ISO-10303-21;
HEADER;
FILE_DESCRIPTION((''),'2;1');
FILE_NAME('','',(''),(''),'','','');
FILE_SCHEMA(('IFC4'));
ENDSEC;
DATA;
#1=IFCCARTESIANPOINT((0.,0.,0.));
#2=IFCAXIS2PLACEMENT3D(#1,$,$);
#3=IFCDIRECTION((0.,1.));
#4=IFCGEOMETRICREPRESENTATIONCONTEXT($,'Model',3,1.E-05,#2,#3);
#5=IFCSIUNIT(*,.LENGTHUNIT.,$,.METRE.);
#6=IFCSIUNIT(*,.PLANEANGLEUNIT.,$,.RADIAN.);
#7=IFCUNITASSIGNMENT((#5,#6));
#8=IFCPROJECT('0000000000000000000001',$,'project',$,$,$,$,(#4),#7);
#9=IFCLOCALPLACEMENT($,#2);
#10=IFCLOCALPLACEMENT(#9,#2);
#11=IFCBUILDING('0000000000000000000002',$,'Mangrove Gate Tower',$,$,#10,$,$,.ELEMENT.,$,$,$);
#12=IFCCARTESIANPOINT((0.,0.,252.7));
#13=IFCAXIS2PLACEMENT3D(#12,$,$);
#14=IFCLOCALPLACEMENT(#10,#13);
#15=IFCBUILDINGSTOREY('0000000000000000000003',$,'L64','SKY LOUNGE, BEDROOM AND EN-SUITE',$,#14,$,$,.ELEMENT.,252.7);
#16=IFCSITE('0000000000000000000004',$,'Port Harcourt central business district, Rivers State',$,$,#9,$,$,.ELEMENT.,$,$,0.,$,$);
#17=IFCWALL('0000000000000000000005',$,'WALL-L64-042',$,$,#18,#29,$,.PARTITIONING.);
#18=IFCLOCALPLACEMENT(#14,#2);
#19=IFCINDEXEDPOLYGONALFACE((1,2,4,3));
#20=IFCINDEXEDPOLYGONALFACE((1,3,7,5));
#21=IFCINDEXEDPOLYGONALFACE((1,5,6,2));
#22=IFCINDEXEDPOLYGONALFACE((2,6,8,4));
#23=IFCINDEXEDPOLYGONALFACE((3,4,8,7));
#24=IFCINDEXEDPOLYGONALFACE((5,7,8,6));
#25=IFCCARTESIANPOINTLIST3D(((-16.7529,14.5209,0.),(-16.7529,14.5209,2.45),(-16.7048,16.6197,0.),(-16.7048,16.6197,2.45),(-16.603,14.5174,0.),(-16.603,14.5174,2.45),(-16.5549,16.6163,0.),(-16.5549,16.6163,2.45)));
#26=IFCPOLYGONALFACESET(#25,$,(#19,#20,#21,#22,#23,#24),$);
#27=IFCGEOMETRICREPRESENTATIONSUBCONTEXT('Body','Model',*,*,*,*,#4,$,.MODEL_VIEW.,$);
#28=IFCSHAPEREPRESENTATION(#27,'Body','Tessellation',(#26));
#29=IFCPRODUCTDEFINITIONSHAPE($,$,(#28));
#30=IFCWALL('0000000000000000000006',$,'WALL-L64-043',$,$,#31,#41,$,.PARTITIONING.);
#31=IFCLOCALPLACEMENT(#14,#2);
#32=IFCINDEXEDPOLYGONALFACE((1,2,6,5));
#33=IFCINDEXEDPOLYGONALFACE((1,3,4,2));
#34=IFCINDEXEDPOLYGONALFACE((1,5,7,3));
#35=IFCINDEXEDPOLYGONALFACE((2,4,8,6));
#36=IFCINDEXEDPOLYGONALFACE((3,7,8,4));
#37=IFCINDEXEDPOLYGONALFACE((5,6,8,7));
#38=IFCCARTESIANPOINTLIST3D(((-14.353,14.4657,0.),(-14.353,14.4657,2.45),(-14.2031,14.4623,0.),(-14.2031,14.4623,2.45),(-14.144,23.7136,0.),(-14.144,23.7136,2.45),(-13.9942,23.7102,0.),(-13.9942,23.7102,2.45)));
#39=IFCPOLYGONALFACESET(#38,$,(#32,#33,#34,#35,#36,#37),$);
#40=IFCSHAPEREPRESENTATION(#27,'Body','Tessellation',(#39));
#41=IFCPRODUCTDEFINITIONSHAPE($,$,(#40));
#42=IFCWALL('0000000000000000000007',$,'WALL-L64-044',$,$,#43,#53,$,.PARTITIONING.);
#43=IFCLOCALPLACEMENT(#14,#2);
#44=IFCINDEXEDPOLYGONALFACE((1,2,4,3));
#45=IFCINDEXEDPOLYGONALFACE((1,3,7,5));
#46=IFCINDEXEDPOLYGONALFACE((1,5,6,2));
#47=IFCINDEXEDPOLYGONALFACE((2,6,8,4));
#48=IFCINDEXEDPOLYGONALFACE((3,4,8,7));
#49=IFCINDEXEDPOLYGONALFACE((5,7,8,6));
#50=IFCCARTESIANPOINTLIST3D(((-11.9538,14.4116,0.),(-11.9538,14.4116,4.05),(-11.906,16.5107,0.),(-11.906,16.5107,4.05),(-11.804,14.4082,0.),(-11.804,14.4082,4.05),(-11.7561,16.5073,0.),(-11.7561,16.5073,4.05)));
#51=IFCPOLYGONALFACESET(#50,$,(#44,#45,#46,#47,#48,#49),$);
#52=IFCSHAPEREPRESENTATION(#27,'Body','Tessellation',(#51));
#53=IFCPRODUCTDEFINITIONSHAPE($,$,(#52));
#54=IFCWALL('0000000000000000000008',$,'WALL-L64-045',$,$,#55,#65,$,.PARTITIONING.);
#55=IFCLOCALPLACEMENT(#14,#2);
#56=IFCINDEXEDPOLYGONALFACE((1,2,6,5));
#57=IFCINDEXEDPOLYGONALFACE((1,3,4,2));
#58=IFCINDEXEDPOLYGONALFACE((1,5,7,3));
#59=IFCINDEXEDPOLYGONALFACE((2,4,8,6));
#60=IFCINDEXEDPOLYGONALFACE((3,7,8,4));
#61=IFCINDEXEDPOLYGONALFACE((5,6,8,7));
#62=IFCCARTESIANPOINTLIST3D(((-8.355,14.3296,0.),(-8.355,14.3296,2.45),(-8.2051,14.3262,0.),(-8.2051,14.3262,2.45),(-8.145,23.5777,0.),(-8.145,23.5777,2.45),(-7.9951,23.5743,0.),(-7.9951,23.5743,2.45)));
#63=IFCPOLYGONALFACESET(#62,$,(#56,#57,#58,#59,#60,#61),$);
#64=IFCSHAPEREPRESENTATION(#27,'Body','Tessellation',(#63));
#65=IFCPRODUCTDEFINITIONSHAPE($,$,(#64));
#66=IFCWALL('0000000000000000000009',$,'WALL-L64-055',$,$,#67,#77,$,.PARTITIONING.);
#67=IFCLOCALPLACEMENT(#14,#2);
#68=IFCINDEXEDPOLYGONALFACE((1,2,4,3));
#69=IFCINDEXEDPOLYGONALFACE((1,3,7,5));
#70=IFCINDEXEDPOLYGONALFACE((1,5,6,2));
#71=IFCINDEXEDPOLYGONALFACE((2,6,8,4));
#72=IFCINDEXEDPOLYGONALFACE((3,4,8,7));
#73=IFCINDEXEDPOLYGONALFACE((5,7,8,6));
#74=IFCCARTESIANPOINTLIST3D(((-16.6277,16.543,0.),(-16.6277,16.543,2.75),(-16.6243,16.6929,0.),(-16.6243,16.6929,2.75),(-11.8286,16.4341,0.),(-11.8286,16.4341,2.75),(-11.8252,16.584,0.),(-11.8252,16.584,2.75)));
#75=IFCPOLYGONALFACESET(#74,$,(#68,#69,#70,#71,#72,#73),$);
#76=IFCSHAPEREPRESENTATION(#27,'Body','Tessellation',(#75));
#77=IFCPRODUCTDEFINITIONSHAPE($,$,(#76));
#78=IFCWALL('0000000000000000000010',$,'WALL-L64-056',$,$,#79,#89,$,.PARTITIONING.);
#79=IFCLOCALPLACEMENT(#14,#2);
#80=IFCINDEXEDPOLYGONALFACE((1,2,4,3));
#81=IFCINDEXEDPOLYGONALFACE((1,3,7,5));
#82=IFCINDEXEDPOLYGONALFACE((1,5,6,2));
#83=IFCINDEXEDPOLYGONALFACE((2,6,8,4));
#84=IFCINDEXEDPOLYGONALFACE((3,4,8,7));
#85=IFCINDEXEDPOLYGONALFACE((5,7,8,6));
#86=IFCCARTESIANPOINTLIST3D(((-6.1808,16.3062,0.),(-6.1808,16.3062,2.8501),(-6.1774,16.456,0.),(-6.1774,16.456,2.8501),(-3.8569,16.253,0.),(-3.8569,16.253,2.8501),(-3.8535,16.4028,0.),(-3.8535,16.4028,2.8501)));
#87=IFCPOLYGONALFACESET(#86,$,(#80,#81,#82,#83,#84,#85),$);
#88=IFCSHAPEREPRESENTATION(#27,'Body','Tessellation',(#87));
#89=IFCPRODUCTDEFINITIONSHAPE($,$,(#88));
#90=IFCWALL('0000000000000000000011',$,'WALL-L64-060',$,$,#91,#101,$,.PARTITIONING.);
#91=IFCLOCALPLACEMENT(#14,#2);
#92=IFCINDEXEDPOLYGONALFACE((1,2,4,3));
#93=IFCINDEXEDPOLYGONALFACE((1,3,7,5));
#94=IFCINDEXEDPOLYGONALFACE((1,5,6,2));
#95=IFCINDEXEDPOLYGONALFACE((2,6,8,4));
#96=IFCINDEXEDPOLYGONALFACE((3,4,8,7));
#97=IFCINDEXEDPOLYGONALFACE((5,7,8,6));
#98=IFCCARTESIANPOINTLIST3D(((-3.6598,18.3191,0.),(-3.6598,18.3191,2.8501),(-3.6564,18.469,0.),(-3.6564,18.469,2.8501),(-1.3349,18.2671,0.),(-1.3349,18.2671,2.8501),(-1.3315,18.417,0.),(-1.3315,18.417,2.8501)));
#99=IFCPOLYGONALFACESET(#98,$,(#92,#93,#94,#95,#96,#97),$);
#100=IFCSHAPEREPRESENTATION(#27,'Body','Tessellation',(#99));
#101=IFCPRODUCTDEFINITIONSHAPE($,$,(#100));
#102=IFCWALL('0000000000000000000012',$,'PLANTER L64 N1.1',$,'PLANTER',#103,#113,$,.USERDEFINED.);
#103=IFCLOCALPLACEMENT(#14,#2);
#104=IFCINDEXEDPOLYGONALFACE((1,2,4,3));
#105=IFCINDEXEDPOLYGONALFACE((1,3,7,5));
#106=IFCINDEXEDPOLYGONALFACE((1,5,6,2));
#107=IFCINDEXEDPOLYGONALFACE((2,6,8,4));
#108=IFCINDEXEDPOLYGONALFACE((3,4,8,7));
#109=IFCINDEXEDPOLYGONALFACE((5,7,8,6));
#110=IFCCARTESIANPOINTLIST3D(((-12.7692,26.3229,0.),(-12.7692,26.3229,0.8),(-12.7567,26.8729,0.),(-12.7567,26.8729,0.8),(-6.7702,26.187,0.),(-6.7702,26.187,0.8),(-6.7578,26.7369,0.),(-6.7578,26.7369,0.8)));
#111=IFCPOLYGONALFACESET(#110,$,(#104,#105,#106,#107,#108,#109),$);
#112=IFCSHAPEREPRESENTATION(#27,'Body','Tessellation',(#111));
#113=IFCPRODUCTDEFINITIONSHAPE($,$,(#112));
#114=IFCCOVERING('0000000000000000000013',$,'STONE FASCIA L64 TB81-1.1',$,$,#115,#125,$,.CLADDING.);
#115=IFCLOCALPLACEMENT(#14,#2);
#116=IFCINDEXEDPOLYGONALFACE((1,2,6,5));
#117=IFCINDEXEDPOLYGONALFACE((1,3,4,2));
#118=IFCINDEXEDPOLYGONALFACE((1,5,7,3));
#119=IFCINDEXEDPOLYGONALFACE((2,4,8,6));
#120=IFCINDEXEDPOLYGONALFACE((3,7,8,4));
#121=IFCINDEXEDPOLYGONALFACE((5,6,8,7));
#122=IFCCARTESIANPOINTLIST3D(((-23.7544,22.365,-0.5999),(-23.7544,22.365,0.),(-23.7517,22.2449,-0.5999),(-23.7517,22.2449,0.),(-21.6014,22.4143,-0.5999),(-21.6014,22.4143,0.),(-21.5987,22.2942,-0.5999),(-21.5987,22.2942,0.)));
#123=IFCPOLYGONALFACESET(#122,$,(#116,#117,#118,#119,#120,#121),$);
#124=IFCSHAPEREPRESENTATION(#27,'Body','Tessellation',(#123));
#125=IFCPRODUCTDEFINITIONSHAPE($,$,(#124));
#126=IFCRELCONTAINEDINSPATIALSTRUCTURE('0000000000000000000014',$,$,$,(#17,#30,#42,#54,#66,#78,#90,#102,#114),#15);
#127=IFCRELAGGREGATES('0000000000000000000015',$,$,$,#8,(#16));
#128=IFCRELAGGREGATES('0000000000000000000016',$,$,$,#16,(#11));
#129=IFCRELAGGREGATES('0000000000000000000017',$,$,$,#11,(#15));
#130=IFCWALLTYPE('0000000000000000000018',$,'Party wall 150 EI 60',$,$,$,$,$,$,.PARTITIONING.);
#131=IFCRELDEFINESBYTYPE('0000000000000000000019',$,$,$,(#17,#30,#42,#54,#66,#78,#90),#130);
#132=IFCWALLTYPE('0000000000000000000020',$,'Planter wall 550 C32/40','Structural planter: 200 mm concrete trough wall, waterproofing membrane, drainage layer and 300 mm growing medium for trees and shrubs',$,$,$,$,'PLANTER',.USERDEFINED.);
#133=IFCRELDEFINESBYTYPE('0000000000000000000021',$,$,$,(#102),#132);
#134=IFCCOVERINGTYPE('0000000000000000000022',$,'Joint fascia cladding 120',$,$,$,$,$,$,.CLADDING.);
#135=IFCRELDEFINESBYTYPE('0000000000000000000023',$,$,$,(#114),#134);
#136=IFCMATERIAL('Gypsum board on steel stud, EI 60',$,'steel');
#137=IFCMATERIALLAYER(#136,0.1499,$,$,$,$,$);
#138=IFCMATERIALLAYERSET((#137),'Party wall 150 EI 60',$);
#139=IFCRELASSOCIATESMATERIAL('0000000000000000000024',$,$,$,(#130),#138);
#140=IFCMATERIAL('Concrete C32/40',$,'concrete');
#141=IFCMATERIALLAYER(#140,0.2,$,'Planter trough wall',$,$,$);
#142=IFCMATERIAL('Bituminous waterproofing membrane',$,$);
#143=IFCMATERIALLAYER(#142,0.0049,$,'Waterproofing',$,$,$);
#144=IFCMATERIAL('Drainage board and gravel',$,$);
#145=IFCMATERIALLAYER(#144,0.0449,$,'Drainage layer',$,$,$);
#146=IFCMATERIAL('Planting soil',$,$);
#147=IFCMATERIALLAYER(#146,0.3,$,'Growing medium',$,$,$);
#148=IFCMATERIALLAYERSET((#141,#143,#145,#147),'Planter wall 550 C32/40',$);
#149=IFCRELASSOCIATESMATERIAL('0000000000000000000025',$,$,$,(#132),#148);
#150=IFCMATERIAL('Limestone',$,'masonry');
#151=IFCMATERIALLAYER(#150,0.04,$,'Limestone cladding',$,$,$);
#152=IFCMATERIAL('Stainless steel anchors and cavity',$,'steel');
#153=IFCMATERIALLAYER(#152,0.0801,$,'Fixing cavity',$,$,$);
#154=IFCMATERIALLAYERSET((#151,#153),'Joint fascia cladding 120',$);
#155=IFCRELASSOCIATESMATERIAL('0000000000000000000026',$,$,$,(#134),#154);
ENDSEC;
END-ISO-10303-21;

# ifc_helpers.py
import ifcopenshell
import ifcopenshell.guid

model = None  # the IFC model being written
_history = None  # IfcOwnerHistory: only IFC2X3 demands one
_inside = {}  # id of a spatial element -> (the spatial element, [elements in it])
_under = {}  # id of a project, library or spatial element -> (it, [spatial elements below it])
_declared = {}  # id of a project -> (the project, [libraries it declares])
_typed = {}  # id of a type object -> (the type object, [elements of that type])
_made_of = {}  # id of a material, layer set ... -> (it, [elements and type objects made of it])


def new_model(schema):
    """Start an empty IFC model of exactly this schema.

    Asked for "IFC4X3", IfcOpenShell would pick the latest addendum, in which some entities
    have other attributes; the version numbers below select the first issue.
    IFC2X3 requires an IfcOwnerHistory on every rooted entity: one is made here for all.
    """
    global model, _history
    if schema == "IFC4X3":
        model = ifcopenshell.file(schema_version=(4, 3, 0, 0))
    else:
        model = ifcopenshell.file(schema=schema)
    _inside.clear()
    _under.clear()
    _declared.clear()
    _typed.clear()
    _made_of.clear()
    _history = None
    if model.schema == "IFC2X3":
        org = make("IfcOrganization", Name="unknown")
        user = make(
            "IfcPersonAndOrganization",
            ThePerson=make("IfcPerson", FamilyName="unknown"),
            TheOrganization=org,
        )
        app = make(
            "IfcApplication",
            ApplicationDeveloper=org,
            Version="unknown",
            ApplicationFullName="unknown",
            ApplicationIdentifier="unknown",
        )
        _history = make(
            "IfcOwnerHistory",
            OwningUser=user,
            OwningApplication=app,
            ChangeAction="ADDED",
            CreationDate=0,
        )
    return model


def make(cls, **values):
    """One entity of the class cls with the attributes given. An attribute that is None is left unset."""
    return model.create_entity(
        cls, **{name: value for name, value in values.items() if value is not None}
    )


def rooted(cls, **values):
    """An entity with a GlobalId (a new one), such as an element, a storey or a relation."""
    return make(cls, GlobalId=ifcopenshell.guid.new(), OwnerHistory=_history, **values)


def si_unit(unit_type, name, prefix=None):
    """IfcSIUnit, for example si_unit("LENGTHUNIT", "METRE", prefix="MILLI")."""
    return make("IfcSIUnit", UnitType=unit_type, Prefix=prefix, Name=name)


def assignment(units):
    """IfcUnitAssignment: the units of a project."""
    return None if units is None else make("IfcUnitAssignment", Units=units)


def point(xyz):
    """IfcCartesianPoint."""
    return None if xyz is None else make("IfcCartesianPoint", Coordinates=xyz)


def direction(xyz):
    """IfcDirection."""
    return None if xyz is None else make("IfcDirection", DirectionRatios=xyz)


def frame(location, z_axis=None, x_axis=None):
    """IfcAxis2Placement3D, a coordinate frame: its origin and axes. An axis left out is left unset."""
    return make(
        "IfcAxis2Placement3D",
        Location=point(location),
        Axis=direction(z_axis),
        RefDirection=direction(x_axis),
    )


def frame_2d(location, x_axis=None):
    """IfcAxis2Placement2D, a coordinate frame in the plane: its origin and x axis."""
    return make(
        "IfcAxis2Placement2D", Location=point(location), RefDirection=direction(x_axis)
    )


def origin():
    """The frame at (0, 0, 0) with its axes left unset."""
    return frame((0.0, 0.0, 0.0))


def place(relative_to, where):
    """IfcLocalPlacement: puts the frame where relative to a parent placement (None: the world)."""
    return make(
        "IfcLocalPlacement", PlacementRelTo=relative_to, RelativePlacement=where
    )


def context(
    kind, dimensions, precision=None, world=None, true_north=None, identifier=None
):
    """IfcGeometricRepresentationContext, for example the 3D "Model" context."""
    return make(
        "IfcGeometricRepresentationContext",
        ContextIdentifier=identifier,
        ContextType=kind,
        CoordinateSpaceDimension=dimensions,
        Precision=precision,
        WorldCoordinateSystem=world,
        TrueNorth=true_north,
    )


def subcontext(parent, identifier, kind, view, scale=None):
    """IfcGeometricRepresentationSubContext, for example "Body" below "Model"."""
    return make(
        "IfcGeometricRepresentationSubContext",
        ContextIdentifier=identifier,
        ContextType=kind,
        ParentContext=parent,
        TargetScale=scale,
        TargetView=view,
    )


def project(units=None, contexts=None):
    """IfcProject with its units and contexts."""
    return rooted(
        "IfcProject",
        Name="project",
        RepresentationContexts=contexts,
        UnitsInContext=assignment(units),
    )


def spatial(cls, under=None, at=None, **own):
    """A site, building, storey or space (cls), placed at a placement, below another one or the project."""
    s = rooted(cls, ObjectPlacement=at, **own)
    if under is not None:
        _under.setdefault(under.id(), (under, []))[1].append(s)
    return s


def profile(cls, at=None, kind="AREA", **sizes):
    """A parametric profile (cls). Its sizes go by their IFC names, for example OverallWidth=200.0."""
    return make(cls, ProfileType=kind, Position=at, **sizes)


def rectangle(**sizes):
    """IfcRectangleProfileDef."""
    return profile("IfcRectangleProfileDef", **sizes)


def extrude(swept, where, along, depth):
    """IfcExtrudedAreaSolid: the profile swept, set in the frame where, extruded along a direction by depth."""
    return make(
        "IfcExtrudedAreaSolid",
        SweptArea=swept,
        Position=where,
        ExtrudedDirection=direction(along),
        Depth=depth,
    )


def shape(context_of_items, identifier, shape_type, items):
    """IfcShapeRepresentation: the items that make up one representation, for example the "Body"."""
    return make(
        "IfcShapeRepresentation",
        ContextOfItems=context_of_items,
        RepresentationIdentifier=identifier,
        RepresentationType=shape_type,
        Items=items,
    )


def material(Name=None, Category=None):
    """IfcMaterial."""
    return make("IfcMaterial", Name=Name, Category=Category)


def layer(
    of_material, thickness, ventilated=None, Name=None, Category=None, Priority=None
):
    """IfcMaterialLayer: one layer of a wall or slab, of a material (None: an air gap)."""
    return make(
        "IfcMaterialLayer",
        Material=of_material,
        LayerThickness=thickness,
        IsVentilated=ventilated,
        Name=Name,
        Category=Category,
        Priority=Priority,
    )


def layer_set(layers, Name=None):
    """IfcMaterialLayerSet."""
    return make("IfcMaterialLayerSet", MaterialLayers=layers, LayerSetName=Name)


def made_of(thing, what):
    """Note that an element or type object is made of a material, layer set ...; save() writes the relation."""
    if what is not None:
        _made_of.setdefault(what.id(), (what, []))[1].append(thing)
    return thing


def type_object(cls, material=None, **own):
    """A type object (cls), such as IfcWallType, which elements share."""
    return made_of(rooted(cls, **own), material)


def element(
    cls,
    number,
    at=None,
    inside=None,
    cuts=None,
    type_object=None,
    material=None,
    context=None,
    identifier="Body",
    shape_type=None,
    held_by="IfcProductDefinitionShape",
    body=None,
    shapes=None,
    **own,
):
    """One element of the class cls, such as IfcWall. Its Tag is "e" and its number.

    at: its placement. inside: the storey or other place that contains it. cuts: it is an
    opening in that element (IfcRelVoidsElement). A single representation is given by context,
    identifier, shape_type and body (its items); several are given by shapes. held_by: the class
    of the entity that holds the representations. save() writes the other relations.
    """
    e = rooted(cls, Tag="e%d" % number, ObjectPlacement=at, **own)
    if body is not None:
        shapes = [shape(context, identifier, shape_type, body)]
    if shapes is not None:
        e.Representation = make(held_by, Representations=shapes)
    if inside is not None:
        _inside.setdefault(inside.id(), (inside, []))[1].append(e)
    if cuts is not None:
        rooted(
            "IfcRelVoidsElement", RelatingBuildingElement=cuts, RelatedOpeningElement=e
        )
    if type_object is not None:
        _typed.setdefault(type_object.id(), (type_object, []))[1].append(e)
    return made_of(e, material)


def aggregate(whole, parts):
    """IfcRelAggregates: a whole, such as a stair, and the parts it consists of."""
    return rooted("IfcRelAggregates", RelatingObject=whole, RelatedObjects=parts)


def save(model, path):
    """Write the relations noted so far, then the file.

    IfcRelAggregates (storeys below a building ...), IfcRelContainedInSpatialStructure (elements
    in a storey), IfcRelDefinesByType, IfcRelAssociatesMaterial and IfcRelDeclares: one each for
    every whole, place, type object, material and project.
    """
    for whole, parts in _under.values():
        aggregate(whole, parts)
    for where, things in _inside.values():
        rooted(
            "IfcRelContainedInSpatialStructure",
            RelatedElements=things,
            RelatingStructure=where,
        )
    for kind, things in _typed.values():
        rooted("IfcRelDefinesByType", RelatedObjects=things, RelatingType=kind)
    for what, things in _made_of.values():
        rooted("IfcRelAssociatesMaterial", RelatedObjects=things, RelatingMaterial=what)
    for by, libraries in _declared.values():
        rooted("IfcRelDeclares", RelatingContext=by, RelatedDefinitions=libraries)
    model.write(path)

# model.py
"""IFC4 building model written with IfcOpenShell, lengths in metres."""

from ifc_helpers import new_model, si_unit, direction, frame, frame_2d, origin, place, context, subcontext, project, spatial, rectangle, extrude, material, layer, layer_set, type_object, element, save


model = new_model("IFC4")

# Units and contexts
model_context = context("Model", 3, precision=1e-05, world=origin(), true_north=direction((0.0, 1.0)))
body_context = subcontext(model_context, "Body", "Model", "MODEL_VIEW")
ifc_project = project(units=[si_unit("LENGTHUNIT", "METRE"), si_unit("PLANEANGLEUNIT", "RADIAN")], contexts=[model_context])

# Site, building, storey
site_placement = place(None, origin())
site = spatial("IfcSite", under=ifc_project, at=site_placement, Name="Port Harcourt central business district, Rivers State", CompositionType="ELEMENT", RefElevation=0.0)
building_placement = place(site_placement, origin())
building = spatial("IfcBuilding", under=site, at=building_placement, Name="Mangrove Gate Tower", CompositionType="ELEMENT")
storey_placement = place(building_placement, frame((0.0, 0.0, 252.7)))
storey = spatial("IfcBuildingStorey", under=building, at=storey_placement, Name="L64", Description="SKY LOUNGE, BEDROOM AND EN-SUITE", CompositionType="ELEMENT", Elevation=252.7)

# Shared definitions
ifc_material_1 = material(Name="Limestone", Category="masonry")

# Walls
ifc_material_2 = material(Name="Gypsum board on steel stud, EI 60", Category="steel")
ifc_layer_1 = layer(ifc_material_2, 0.1499)
ifc_layer_set_1 = layer_set([ifc_layer_1], Name="Party wall 150 EI 60")
wall_type_1 = type_object("IfcWallType", Name="Party wall 150 EI 60", PredefinedType="PARTITIONING", material=ifc_layer_set_1)
wall_1_placement = place(storey_placement, frame((-16.678, 14.519, 0.0), z_axis=(0.0, 0.0, 1.0), x_axis=(0.022909, 0.999738, 0.0)))
element("IfcWall", 1, at=wall_1_placement, inside=storey, type_object=wall_type_1, Name="WALL-L64-042", PredefinedType="PARTITIONING", context=body_context, shape_type="SweptSolid", body=[
    extrude(rectangle(XDim=2.0994, YDim=0.1499, at=frame_2d((1.0498, 0.0))), origin(), (0.0, 0.0, 1.0), 2.45),
])
wall_2_placement = place(storey_placement, frame((-14.2781, 14.4641, 0.0), z_axis=(0.0, 0.0, 1.0), x_axis=(0.022593, 0.999745, 0.0)))
element("IfcWall", 2, at=wall_2_placement, inside=storey, type_object=wall_type_1, Name="WALL-L64-043", PredefinedType="PARTITIONING", context=body_context, shape_type="SweptSolid", body=[
    extrude(rectangle(XDim=9.2502, YDim=0.1499, at=frame_2d((4.625, 0.0))), origin(), (0.0, 0.0, 1.0), 2.45),
])
wall_3_placement = place(storey_placement, frame((-11.8789, 14.4099, 0.0), z_axis=(0.0, 0.0, 1.0), x_axis=(0.02279, 0.99974, 0.0)))
element("IfcWall", 3, at=wall_3_placement, inside=storey, type_object=wall_type_1, Name="WALL-L64-044", PredefinedType="PARTITIONING", context=body_context, shape_type="SweptSolid", body=[
    extrude(rectangle(XDim=2.0996, YDim=0.1499, at=frame_2d((1.0498, 0.0))), origin(), (0.0, 0.0, 1.0), 4.05),
])
wall_4_placement = place(storey_placement, frame((-8.28, 14.3279, 0.0), z_axis=(0.0, 0.0, 1.0), x_axis=(0.022697, 0.999742, 0.0)))
element("IfcWall", 4, at=wall_4_placement, inside=storey, type_object=wall_type_1, Name="WALL-L64-045", PredefinedType="PARTITIONING", context=body_context, shape_type="SweptSolid", body=[
    extrude(rectangle(XDim=9.2505, YDim=0.1499, at=frame_2d((4.6252, 0.0))), origin(), (0.0, 0.0, 1.0), 2.45),
])
wall_5_placement = place(storey_placement, frame((-16.626, 16.6179, 0.0), z_axis=(0.0, 0.0, 1.0), x_axis=(0.999743, -0.022683, 0.0)))
element("IfcWall", 5, at=wall_5_placement, inside=storey, type_object=wall_type_1, Name="WALL-L64-055", PredefinedType="PARTITIONING", context=body_context, shape_type="SweptSolid", body=[
    extrude(rectangle(XDim=4.8003, YDim=0.1499, at=frame_2d((2.4001, 0.0))), origin(), (0.0, 0.0, 1.0), 2.75),
])
wall_6_placement = place(storey_placement, frame((-6.179, 16.3811, 0.0), z_axis=(0.0, 0.0, 1.0), x_axis=(0.999738, -0.022896, 0.0)))
element("IfcWall", 6, at=wall_6_placement, inside=storey, type_object=wall_type_1, Name="WALL-L64-056", PredefinedType="PARTITIONING", context=body_context, shape_type="SweptSolid", body=[
    extrude(rectangle(XDim=2.3245, YDim=0.1499, at=frame_2d((1.1621, 0.0))), origin(), (0.0, 0.0, 1.0), 2.8501),
])
wall_7_placement = place(storey_placement, frame((-3.658, 18.394, 0.0), z_axis=(0.0, 0.0, 1.0), x_axis=(0.99975, -0.022361, 0.0)))
element("IfcWall", 7, at=wall_7_placement, inside=storey, type_object=wall_type_1, Name="WALL-L64-060", PredefinedType="PARTITIONING", context=body_context, shape_type="SweptSolid", body=[
    extrude(rectangle(XDim=2.3254, YDim=0.1499, at=frame_2d((1.1626, 0.0))), origin(), (0.0, 0.0, 1.0), 2.8501),
])
ifc_material_3 = material(Name="Concrete C32/40", Category="concrete")
ifc_layer_2 = layer(ifc_material_3, 0.2, Name="Planter trough wall")
ifc_material_4 = material(Name="Bituminous waterproofing membrane")
ifc_layer_3 = layer(ifc_material_4, 0.0049, Name="Waterproofing")
ifc_material_5 = material(Name="Drainage board and gravel")
ifc_layer_4 = layer(ifc_material_5, 0.0449, Name="Drainage layer")
ifc_material_6 = material(Name="Planting soil")
ifc_layer_5 = layer(ifc_material_6, 0.3, Name="Growing medium")
ifc_layer_set_2 = layer_set([ifc_layer_2, ifc_layer_3, ifc_layer_4, ifc_layer_5], Name="Planter wall 550 C32/40")
wall_type_2 = type_object("IfcWallType", Name="Planter wall 550 C32/40", Description="Structural planter: 200 mm concrete trough wall, waterproofing membrane, drainage layer and 300 mm growing medium for trees and shrubs", ElementType="PLANTER", PredefinedType="USERDEFINED", material=ifc_layer_set_2)
wall_8_placement = place(storey_placement, frame((-12.7629, 26.5979, 0.0), z_axis=(0.0, 0.0, 1.0), x_axis=(0.999743, -0.022662, 0.0)))
element("IfcWall", 8, at=wall_8_placement, inside=storey, type_object=wall_type_2, Name="PLANTER L64 N1.1", ObjectType="PLANTER", PredefinedType="USERDEFINED", context=body_context, shape_type="SweptSolid", body=[
    extrude(rectangle(XDim=6.0005, YDim=0.55, at=frame_2d((3.0002, 0.0))), origin(), (0.0, 0.0, 1.0), 0.8),
])

# Covering
ifc_layer_6 = layer(ifc_material_1, 0.04, Name="Limestone cladding")
ifc_material_7 = material(Name="Stainless steel anchors and cavity", Category="steel")
ifc_layer_7 = layer(ifc_material_7, 0.0801, Name="Fixing cavity")
ifc_layer_set_3 = layer_set([ifc_layer_6, ifc_layer_7], Name="Joint fascia cladding 120")
covering_type = type_object("IfcCoveringType", Name="Joint fascia cladding 120", PredefinedType="CLADDING", material=ifc_layer_set_3)
covering_placement = place(storey_placement, frame((-23.7529, 22.3049, -0.5999), z_axis=(0.0, 0.0, 1.0), x_axis=(0.999738, 0.022899, 0.0)))
element("IfcCovering", 9, at=covering_placement, inside=storey, type_object=covering_type, Name="STONE FASCIA L64 TB81-1.1", PredefinedType="CLADDING", context=body_context, shape_type="SweptSolid", body=[
    extrude(rectangle(XDim=2.1536, YDim=0.1201, at=frame_2d((1.0767, 0.0))), origin(), (0.0, 0.0, 1.0), 0.5999),
])

save(model, "model.ifc")
